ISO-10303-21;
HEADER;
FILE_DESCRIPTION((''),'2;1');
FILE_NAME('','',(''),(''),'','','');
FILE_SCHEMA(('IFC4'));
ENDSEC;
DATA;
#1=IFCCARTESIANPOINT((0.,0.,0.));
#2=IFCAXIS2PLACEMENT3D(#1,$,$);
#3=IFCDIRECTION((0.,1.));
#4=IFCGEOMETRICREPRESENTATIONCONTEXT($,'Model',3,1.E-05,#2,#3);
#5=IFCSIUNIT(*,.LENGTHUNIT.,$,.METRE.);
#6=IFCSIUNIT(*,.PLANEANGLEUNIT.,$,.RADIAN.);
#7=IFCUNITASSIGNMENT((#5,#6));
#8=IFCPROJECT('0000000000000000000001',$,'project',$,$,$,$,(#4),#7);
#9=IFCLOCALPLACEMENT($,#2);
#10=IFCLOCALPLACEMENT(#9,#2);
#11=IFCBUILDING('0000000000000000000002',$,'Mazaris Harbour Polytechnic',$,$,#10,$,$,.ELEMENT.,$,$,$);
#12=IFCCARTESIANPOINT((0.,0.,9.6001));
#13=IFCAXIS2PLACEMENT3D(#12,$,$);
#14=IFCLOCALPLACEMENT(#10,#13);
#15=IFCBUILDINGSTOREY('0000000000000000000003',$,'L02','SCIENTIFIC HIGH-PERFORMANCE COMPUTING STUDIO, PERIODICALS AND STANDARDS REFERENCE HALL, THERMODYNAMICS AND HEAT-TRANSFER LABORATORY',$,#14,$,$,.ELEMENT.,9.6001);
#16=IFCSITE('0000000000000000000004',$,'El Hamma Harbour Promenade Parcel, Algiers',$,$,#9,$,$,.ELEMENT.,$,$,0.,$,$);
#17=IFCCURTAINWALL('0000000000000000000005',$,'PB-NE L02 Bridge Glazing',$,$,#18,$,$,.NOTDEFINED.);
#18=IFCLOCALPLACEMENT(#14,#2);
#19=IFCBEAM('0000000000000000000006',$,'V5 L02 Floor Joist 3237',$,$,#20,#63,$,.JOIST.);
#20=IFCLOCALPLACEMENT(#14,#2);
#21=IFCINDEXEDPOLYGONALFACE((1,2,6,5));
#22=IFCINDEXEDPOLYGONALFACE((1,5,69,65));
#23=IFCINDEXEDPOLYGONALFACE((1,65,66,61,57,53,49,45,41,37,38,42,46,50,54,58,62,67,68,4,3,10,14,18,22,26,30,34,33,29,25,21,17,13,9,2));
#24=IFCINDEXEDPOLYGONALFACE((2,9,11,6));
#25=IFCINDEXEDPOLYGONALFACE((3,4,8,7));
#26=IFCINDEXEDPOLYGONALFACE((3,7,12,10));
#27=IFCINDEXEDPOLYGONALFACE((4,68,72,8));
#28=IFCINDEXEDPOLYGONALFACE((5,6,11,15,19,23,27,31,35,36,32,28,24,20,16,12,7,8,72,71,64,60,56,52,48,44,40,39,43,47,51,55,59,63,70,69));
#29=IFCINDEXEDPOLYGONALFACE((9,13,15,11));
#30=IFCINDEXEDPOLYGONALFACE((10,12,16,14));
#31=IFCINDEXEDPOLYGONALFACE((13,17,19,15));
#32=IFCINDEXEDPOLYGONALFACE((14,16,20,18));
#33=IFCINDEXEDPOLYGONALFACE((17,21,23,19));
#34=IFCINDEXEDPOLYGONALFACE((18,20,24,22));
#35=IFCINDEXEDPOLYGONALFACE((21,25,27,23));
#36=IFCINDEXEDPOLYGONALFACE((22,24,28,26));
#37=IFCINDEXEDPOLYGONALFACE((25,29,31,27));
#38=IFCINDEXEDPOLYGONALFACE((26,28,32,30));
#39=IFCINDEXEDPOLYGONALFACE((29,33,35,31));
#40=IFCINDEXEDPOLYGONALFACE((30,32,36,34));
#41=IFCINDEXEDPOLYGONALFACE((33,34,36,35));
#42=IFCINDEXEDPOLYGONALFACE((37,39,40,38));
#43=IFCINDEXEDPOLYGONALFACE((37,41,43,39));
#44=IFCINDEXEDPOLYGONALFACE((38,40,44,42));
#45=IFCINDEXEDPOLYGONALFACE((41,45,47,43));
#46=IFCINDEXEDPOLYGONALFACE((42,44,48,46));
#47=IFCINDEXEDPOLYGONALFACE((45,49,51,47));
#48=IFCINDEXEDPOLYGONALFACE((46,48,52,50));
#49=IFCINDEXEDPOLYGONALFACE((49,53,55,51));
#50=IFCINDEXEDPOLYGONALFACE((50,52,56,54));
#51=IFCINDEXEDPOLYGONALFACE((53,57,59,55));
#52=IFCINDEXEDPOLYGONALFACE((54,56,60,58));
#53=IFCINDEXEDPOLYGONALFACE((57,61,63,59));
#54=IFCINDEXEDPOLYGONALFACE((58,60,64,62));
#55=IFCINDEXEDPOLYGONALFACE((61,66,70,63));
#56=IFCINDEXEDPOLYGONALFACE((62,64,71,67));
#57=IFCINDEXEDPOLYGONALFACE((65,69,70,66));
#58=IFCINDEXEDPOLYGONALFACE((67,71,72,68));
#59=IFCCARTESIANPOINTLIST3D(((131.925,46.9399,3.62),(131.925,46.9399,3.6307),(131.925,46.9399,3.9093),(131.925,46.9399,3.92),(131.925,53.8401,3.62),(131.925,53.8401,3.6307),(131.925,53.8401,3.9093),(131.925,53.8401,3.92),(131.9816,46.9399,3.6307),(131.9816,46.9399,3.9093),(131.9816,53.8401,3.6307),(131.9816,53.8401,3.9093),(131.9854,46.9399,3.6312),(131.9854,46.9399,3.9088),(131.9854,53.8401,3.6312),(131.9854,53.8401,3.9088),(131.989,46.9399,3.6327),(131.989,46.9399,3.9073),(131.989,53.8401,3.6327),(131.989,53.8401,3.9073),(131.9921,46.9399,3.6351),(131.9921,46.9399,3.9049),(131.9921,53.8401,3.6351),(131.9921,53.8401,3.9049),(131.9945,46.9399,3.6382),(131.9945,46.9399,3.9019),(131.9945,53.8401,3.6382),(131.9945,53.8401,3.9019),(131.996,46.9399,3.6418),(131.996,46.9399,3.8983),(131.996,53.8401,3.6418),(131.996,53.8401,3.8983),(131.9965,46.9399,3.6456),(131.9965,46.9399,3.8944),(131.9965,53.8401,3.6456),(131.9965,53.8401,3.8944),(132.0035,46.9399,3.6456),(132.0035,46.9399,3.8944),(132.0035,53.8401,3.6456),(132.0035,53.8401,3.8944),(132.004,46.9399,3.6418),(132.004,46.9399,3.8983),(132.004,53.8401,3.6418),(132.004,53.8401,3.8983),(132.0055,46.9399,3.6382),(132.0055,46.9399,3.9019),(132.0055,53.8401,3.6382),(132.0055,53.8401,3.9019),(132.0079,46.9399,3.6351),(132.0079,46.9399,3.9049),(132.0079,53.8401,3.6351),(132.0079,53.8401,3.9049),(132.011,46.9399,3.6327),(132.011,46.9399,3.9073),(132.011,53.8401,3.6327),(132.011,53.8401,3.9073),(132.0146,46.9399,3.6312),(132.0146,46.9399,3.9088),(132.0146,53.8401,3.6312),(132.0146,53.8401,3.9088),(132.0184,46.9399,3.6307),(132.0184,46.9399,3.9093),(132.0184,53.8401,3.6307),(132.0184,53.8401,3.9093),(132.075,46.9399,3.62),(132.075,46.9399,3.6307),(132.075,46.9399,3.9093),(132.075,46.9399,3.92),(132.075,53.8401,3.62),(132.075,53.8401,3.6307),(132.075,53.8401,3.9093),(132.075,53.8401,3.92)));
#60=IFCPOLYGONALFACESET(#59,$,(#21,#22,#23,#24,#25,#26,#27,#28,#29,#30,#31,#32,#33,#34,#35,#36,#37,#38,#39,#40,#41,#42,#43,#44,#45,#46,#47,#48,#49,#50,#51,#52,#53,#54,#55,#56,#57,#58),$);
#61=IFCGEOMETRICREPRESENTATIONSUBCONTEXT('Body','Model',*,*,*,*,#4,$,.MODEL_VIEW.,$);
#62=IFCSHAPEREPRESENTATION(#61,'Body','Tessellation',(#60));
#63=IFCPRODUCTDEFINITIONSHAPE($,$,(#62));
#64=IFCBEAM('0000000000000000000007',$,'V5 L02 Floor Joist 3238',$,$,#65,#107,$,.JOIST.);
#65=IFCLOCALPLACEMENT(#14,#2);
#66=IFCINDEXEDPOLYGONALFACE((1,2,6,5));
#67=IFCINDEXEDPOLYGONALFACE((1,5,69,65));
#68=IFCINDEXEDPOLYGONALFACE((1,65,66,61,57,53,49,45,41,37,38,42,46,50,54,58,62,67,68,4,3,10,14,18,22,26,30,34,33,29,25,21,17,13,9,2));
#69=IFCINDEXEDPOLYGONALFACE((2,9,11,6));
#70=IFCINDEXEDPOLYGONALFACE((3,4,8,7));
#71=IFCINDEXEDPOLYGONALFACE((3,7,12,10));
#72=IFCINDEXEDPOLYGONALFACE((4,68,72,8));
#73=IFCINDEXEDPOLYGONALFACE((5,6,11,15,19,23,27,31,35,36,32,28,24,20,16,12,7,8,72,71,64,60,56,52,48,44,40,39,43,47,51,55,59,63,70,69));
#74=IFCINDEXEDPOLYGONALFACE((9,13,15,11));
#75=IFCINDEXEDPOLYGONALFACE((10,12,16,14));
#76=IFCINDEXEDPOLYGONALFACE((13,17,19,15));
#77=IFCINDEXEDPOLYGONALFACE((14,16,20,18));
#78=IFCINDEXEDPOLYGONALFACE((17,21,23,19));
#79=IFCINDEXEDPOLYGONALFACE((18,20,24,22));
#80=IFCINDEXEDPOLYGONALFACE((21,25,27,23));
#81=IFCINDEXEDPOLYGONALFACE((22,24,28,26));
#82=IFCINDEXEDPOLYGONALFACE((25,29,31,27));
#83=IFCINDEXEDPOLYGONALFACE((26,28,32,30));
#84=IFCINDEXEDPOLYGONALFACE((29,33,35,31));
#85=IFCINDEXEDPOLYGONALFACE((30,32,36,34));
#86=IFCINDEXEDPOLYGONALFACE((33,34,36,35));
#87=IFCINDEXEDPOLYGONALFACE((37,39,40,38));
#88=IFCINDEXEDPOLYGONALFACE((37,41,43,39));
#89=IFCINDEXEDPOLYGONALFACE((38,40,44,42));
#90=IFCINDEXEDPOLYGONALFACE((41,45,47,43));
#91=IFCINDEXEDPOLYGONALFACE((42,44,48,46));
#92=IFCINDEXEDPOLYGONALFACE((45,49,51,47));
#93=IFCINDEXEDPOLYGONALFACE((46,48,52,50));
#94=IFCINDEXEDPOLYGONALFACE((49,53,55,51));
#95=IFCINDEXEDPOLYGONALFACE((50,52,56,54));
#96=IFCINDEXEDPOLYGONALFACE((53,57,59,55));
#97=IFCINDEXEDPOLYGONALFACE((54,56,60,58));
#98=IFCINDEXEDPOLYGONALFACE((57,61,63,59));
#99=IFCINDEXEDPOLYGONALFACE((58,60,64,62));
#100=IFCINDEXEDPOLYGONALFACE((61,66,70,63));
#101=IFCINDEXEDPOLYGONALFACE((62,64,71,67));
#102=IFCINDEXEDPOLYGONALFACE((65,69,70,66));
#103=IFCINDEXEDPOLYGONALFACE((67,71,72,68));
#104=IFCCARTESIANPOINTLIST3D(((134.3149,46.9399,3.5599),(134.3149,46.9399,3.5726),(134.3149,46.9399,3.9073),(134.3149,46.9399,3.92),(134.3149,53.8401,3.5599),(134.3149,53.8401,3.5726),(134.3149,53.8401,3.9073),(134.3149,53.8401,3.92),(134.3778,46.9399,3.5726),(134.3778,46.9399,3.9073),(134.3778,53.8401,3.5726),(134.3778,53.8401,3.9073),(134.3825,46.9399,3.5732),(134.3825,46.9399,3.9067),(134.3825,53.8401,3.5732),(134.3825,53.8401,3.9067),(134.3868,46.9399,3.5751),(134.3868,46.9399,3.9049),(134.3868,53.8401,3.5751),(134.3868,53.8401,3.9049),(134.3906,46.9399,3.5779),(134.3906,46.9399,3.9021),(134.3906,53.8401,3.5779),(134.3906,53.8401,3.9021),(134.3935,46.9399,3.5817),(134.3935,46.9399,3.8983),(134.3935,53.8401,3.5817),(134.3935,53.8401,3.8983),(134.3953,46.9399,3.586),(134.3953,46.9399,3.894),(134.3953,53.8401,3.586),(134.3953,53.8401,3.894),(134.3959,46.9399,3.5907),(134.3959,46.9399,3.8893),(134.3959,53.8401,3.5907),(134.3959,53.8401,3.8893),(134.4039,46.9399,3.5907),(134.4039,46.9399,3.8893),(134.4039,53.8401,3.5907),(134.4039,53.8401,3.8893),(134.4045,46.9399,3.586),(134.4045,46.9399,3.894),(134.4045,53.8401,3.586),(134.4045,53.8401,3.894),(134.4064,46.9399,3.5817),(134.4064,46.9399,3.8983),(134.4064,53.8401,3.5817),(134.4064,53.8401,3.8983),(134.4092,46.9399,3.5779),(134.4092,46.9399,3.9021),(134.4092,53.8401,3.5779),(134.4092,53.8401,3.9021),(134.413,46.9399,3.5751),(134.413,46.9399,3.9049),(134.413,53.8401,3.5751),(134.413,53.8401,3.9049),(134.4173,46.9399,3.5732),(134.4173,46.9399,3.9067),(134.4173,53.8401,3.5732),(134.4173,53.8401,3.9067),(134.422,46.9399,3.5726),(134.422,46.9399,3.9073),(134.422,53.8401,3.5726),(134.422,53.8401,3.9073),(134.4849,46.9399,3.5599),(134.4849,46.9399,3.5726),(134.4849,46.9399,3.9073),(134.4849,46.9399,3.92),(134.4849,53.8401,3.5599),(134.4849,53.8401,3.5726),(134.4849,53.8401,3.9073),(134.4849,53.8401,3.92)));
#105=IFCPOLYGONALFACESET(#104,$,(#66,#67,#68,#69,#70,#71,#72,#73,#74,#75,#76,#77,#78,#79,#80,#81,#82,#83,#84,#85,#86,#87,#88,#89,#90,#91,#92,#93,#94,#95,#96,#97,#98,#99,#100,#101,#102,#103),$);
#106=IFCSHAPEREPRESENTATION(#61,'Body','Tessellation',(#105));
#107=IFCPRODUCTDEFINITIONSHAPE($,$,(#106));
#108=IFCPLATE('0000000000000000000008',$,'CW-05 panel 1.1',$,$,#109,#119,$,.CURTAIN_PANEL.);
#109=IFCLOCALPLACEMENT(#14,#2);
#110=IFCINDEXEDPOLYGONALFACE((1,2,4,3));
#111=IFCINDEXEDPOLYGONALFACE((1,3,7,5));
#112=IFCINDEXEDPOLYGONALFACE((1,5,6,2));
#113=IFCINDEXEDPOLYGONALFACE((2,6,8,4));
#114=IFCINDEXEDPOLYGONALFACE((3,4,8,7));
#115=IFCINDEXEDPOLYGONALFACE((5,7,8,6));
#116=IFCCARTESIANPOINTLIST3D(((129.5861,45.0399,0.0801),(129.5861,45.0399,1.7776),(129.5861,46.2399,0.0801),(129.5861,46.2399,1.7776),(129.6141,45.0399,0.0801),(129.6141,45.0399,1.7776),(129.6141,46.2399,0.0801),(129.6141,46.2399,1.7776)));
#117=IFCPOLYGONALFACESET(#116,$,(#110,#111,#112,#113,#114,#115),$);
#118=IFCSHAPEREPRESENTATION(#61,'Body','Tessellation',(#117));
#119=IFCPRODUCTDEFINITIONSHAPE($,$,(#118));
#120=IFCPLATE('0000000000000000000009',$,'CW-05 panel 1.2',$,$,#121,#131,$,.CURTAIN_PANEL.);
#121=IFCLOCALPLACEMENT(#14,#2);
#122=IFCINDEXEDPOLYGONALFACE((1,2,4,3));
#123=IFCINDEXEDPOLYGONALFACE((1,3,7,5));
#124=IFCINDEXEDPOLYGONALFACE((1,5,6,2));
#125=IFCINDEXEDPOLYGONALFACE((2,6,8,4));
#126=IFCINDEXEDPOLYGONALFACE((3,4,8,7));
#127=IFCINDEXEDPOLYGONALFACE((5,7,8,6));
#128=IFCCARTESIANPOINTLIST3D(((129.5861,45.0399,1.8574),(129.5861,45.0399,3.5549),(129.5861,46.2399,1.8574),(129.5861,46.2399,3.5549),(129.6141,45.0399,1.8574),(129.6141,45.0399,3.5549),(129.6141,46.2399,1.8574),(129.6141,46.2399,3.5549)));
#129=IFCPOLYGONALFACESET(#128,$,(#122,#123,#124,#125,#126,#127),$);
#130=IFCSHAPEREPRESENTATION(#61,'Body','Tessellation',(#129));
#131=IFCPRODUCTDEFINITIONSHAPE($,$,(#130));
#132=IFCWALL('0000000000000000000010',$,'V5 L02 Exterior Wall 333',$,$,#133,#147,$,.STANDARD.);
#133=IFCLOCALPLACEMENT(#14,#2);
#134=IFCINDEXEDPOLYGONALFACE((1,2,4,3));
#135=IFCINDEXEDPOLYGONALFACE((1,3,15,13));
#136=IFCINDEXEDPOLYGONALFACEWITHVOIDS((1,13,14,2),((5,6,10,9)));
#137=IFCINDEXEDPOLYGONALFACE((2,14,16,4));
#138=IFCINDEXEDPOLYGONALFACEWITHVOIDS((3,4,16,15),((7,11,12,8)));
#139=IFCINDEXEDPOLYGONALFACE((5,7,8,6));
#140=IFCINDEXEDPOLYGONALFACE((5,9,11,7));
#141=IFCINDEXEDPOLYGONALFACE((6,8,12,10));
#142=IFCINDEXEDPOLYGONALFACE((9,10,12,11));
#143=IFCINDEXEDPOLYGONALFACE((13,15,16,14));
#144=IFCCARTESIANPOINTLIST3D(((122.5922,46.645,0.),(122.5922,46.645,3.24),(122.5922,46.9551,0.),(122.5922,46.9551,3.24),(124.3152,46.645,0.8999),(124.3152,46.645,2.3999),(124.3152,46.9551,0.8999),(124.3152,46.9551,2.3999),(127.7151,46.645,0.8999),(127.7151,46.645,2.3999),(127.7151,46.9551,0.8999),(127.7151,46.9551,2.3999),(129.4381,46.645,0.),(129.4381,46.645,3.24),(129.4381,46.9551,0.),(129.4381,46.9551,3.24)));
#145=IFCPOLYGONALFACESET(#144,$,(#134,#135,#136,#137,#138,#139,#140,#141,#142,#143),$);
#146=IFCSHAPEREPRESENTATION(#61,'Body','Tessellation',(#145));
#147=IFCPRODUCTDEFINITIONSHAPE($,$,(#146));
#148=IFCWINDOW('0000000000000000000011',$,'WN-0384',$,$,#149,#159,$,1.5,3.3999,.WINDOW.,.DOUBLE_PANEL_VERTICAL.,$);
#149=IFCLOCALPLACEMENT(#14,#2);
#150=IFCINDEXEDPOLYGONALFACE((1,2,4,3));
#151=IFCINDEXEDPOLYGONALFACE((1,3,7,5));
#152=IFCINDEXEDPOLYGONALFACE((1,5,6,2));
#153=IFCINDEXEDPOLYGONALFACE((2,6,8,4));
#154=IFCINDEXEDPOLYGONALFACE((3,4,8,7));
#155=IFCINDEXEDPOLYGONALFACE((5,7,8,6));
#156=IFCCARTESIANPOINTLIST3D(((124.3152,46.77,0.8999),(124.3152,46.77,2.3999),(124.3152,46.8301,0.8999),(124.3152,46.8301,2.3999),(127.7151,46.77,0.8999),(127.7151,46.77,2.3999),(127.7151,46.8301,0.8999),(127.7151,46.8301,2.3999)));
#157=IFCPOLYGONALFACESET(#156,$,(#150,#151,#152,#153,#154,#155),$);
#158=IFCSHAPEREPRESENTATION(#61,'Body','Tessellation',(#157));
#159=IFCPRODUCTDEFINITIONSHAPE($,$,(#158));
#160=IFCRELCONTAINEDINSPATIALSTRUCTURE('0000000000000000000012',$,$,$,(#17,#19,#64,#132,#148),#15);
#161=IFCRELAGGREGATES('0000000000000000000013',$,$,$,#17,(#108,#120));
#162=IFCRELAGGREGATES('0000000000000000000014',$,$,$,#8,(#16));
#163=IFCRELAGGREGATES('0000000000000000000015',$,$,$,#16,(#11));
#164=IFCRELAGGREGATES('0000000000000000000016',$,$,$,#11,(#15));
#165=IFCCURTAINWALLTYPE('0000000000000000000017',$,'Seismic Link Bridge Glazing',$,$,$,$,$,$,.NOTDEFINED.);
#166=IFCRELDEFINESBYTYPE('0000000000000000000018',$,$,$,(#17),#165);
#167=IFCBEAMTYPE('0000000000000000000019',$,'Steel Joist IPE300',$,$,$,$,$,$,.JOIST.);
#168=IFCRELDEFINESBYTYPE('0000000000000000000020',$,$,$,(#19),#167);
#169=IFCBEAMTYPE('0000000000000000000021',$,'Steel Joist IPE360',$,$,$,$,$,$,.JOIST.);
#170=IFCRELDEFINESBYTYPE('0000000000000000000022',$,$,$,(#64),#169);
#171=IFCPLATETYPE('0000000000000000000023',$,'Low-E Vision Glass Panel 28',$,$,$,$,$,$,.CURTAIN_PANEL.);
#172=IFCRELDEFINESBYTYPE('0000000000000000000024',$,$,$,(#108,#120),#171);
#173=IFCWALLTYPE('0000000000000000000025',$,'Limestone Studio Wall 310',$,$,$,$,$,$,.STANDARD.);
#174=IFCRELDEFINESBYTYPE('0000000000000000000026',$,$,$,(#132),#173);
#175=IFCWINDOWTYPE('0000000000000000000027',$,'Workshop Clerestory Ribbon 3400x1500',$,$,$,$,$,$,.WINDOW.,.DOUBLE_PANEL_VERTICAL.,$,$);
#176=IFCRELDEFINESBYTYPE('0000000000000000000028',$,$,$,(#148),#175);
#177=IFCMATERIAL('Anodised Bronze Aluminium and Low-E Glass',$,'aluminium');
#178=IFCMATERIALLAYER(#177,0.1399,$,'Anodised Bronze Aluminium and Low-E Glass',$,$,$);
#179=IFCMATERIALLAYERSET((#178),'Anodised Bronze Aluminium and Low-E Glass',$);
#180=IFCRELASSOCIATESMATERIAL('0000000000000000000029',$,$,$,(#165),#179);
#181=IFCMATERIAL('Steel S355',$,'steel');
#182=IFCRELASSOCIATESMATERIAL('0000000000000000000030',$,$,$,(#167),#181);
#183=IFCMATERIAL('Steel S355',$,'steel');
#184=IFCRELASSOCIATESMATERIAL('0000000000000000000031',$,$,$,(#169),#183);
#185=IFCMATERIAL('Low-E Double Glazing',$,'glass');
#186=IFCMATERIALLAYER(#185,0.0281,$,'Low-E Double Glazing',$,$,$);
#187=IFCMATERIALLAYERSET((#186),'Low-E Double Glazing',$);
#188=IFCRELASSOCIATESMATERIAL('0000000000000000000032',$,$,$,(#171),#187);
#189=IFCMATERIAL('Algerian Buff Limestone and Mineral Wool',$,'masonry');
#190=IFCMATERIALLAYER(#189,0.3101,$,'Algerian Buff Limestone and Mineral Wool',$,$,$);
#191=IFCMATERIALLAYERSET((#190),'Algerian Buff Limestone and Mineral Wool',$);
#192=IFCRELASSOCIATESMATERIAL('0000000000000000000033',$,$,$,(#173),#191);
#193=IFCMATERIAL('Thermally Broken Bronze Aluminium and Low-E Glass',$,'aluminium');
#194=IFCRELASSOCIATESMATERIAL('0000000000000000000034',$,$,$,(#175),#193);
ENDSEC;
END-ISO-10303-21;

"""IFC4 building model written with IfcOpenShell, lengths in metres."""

from ifc_helpers import new_model, si_unit, direction, frame, frame_2d, origin, origin_2d, place, context, subcontext, project, spatial, rectangle, i_section, extrude, material, layer, layer_set, material_profile, profile_set, type_object, element, fill, aggregate, save


model = new_model("IFC4")

# Units and contexts
model_context = context("Model", 3, precision=1e-05, world=origin(), true_north=direction((0.0, 1.0)))
body_context = subcontext(model_context, "Body", "Model", "MODEL_VIEW")
ifc_project = project(units=[si_unit("LENGTHUNIT", "METRE"), si_unit("PLANEANGLEUNIT", "RADIAN")], contexts=[model_context])

# Site, building, storey
site_placement = place(None, origin())
site = spatial("IfcSite", under=ifc_project, at=site_placement, Name="El Hamma Harbour Promenade Parcel, Algiers", CompositionType="ELEMENT", RefElevation=0.0)
building_placement = place(site_placement, origin())
building = spatial("IfcBuilding", under=site, at=building_placement, Name="Mazaris Harbour Polytechnic", CompositionType="ELEMENT")
storey_placement = place(building_placement, frame((0.0, 0.0, 9.6001)))
storey = spatial("IfcBuildingStorey", under=building, at=storey_placement, Name="L02", Description="SCIENTIFIC HIGH-PERFORMANCE COMPUTING STUDIO, PERIODICALS AND STANDARDS REFERENCE HALL, THERMODYNAMICS AND HEAT-TRANSFER LABORATORY", CompositionType="ELEMENT", Elevation=9.6001)

# Curtain wall
ifc_material_1 = material(Name="Anodised Bronze Aluminium and Low-E Glass", Category="aluminium")
ifc_layer_1 = layer(ifc_material_1, 0.1399, Name="Anodised Bronze Aluminium and Low-E Glass")
ifc_layer_set_1 = layer_set([ifc_layer_1], Name="Anodised Bronze Aluminium and Low-E Glass")
curtain_wall_type = type_object("IfcCurtainWallType", Name="Seismic Link Bridge Glazing", PredefinedType="NOTDEFINED", material=ifc_layer_set_1)
curtain_wall_placement = place(storey_placement, origin())
curtain_wall = element("IfcCurtainWall", 1, at=curtain_wall_placement, inside=storey, type_object=curtain_wall_type, Name="PB-NE L02 Bridge Glazing", PredefinedType="NOTDEFINED")

# Beams
ifc_material_2 = material(Name="Steel S355", Category="steel")
ifc_material_profile_1 = material_profile(ifc_material_2, i_section(OverallWidth=0.1499, OverallDepth=0.3, WebThickness=0.0071, FlangeThickness=0.0107, FilletRadius=0.0149, at=origin_2d()), Name="IPE 300")
ifc_profile_set_1 = profile_set([ifc_material_profile_1], Name="Steel S355")
beam_type_1 = type_object("IfcBeamType", Name="Steel Joist IPE300", PredefinedType="JOIST", material=ifc_profile_set_1)
beam_1_placement = place(storey_placement, frame((132.0, 46.9399, 3.77), z_axis=(0.0, 1.0, 0.0), x_axis=(-1.0, 0.0, 0.0)))
element("IfcBeam", 2, at=beam_1_placement, inside=storey, type_object=beam_type_1, Name="V5 L02 Floor Joist 3237", PredefinedType="JOIST", context=body_context, shape_type="SweptSolid", body=[
    extrude(i_section(OverallWidth=0.1499, OverallDepth=0.3, WebThickness=0.0071, FlangeThickness=0.0107, FilletRadius=0.0149, at=origin_2d()), origin(), (0.0, 0.0, 1.0), 6.9001),
])
ifc_material_3 = material(Name="Steel S355", Category="steel")
ifc_material_profile_2 = material_profile(ifc_material_3, i_section(OverallWidth=0.1699, OverallDepth=0.3601, WebThickness=0.0081, FlangeThickness=0.0127, FilletRadius=0.0181, at=origin_2d()), Name="IPE 360")
ifc_profile_set_2 = profile_set([ifc_material_profile_2], Name="Steel S355")
beam_type_2 = type_object("IfcBeamType", Name="Steel Joist IPE360", PredefinedType="JOIST", material=ifc_profile_set_2)
beam_2_placement = place(storey_placement, frame((134.3999, 46.9399, 3.74), z_axis=(0.0, 1.0, 0.0), x_axis=(-1.0, 0.0, 0.0)))
element("IfcBeam", 3, at=beam_2_placement, inside=storey, type_object=beam_type_2, Name="V5 L02 Floor Joist 3238", PredefinedType="JOIST", context=body_context, shape_type="SweptSolid", body=[
    extrude(i_section(OverallWidth=0.1699, OverallDepth=0.3601, WebThickness=0.0081, FlangeThickness=0.0127, FilletRadius=0.0181, at=origin_2d()), origin(), (0.0, 0.0, 1.0), 6.9001),
])

# Plates
ifc_material_4 = material(Name="Low-E Double Glazing", Category="glass")
ifc_layer_2 = layer(ifc_material_4, 0.0281, Name="Low-E Double Glazing")
ifc_layer_set_2 = layer_set([ifc_layer_2], Name="Low-E Double Glazing")
plate_type = type_object("IfcPlateType", Name="Low-E Vision Glass Panel 28", PredefinedType="CURTAIN_PANEL", material=ifc_layer_set_2)
plate_1_placement = place(storey_placement, frame((129.6001, 45.6399, 0.0801), z_axis=(0.0, 0.0, 1.0), x_axis=(0.0, -1.0, 0.0)))
plate_1 = element("IfcPlate", 4, at=plate_1_placement, type_object=plate_type, Name="CW-05 panel 1.1", PredefinedType="CURTAIN_PANEL", context=body_context, shape_type="SweptSolid", body=[
    extrude(rectangle(XDim=1.2, YDim=0.0281, at=origin_2d()), origin(), (0.0, 0.0, 1.0), 1.6975),
])
plate_2_placement = place(storey_placement, frame((129.6001, 45.6399, 1.8574), z_axis=(0.0, 0.0, 1.0), x_axis=(0.0, -1.0, 0.0)))
plate_2 = element("IfcPlate", 5, at=plate_2_placement, type_object=plate_type, Name="CW-05 panel 1.2", PredefinedType="CURTAIN_PANEL", context=body_context, shape_type="SweptSolid", body=[
    extrude(rectangle(XDim=1.2, YDim=0.0281, at=origin_2d()), origin(), (0.0, 0.0, 1.0), 1.6975),
])
aggregate(curtain_wall, [plate_1, plate_2])

# Wall, opening, window
ifc_material_5 = material(Name="Algerian Buff Limestone and Mineral Wool", Category="masonry")
ifc_layer_3 = layer(ifc_material_5, 0.3101, Name="Algerian Buff Limestone and Mineral Wool")
ifc_layer_set_3 = layer_set([ifc_layer_3], Name="Algerian Buff Limestone and Mineral Wool")
wall_type_1 = type_object("IfcWallType", Name="Limestone Studio Wall 310", PredefinedType="STANDARD", material=ifc_layer_set_3)
wall_1_placement = place(storey_placement, frame((129.438, 46.8, 0.0), z_axis=(0.0, 0.0, 1.0), x_axis=(-1.0, 0.0, 0.0)))
wall_1 = element("IfcWall", 6, at=wall_1_placement, inside=storey, type_object=wall_type_1, Name="V5 L02 Exterior Wall 333", PredefinedType="STANDARD", context=body_context, shape_type="SweptSolid", body=[
    extrude(rectangle(XDim=6.8459, YDim=0.3101, at=frame_2d((3.4229, 0.0))), origin(), (0.0, 0.0, 1.0), 3.24),
])
opening_1_placement = place(wall_1_placement, frame((1.7229, 0.0, 0.8999)))
opening_1 = element("IfcOpeningElement", 7, at=opening_1_placement, cuts=wall_1, PredefinedType="OPENING", context=body_context, shape_type="SweptSolid", body=[
    extrude(rectangle(XDim=3.3999, YDim=1.5, at=frame_2d((1.7, 0.75))), frame((0.0, 0.165, 0.0), z_axis=(0.0, -1.0, 0.0), x_axis=(1.0, 0.0, 0.0)), (0.0, 0.0, 1.0), 0.3301),
])
ifc_material_6 = material(Name="Thermally Broken Bronze Aluminium and Low-E Glass", Category="aluminium")
window_type = type_object("IfcWindowType", Name="Workshop Clerestory Ribbon 3400x1500", PartitioningType="DOUBLE_PANEL_VERTICAL", PredefinedType="WINDOW", material=ifc_material_6)
window_placement = place(opening_1_placement, origin())
window = element("IfcWindow", 8, at=window_placement, inside=storey, type_object=window_type, Name="WN-0384", OverallHeight=1.5, OverallWidth=3.3999, PartitioningType="DOUBLE_PANEL_VERTICAL", PredefinedType="WINDOW", context=body_context, shape_type="SweptSolid", body=[
    extrude(rectangle(XDim=3.3999, YDim=1.5, at=frame_2d((1.7, 0.75))), frame((0.0, 0.03, 0.0), z_axis=(0.0, -1.0, 0.0), x_axis=(1.0, 0.0, 0.0)), (0.0, 0.0, 1.0), 0.0601),
])
fill(opening_1, window)

save(model, "model.ifc")
